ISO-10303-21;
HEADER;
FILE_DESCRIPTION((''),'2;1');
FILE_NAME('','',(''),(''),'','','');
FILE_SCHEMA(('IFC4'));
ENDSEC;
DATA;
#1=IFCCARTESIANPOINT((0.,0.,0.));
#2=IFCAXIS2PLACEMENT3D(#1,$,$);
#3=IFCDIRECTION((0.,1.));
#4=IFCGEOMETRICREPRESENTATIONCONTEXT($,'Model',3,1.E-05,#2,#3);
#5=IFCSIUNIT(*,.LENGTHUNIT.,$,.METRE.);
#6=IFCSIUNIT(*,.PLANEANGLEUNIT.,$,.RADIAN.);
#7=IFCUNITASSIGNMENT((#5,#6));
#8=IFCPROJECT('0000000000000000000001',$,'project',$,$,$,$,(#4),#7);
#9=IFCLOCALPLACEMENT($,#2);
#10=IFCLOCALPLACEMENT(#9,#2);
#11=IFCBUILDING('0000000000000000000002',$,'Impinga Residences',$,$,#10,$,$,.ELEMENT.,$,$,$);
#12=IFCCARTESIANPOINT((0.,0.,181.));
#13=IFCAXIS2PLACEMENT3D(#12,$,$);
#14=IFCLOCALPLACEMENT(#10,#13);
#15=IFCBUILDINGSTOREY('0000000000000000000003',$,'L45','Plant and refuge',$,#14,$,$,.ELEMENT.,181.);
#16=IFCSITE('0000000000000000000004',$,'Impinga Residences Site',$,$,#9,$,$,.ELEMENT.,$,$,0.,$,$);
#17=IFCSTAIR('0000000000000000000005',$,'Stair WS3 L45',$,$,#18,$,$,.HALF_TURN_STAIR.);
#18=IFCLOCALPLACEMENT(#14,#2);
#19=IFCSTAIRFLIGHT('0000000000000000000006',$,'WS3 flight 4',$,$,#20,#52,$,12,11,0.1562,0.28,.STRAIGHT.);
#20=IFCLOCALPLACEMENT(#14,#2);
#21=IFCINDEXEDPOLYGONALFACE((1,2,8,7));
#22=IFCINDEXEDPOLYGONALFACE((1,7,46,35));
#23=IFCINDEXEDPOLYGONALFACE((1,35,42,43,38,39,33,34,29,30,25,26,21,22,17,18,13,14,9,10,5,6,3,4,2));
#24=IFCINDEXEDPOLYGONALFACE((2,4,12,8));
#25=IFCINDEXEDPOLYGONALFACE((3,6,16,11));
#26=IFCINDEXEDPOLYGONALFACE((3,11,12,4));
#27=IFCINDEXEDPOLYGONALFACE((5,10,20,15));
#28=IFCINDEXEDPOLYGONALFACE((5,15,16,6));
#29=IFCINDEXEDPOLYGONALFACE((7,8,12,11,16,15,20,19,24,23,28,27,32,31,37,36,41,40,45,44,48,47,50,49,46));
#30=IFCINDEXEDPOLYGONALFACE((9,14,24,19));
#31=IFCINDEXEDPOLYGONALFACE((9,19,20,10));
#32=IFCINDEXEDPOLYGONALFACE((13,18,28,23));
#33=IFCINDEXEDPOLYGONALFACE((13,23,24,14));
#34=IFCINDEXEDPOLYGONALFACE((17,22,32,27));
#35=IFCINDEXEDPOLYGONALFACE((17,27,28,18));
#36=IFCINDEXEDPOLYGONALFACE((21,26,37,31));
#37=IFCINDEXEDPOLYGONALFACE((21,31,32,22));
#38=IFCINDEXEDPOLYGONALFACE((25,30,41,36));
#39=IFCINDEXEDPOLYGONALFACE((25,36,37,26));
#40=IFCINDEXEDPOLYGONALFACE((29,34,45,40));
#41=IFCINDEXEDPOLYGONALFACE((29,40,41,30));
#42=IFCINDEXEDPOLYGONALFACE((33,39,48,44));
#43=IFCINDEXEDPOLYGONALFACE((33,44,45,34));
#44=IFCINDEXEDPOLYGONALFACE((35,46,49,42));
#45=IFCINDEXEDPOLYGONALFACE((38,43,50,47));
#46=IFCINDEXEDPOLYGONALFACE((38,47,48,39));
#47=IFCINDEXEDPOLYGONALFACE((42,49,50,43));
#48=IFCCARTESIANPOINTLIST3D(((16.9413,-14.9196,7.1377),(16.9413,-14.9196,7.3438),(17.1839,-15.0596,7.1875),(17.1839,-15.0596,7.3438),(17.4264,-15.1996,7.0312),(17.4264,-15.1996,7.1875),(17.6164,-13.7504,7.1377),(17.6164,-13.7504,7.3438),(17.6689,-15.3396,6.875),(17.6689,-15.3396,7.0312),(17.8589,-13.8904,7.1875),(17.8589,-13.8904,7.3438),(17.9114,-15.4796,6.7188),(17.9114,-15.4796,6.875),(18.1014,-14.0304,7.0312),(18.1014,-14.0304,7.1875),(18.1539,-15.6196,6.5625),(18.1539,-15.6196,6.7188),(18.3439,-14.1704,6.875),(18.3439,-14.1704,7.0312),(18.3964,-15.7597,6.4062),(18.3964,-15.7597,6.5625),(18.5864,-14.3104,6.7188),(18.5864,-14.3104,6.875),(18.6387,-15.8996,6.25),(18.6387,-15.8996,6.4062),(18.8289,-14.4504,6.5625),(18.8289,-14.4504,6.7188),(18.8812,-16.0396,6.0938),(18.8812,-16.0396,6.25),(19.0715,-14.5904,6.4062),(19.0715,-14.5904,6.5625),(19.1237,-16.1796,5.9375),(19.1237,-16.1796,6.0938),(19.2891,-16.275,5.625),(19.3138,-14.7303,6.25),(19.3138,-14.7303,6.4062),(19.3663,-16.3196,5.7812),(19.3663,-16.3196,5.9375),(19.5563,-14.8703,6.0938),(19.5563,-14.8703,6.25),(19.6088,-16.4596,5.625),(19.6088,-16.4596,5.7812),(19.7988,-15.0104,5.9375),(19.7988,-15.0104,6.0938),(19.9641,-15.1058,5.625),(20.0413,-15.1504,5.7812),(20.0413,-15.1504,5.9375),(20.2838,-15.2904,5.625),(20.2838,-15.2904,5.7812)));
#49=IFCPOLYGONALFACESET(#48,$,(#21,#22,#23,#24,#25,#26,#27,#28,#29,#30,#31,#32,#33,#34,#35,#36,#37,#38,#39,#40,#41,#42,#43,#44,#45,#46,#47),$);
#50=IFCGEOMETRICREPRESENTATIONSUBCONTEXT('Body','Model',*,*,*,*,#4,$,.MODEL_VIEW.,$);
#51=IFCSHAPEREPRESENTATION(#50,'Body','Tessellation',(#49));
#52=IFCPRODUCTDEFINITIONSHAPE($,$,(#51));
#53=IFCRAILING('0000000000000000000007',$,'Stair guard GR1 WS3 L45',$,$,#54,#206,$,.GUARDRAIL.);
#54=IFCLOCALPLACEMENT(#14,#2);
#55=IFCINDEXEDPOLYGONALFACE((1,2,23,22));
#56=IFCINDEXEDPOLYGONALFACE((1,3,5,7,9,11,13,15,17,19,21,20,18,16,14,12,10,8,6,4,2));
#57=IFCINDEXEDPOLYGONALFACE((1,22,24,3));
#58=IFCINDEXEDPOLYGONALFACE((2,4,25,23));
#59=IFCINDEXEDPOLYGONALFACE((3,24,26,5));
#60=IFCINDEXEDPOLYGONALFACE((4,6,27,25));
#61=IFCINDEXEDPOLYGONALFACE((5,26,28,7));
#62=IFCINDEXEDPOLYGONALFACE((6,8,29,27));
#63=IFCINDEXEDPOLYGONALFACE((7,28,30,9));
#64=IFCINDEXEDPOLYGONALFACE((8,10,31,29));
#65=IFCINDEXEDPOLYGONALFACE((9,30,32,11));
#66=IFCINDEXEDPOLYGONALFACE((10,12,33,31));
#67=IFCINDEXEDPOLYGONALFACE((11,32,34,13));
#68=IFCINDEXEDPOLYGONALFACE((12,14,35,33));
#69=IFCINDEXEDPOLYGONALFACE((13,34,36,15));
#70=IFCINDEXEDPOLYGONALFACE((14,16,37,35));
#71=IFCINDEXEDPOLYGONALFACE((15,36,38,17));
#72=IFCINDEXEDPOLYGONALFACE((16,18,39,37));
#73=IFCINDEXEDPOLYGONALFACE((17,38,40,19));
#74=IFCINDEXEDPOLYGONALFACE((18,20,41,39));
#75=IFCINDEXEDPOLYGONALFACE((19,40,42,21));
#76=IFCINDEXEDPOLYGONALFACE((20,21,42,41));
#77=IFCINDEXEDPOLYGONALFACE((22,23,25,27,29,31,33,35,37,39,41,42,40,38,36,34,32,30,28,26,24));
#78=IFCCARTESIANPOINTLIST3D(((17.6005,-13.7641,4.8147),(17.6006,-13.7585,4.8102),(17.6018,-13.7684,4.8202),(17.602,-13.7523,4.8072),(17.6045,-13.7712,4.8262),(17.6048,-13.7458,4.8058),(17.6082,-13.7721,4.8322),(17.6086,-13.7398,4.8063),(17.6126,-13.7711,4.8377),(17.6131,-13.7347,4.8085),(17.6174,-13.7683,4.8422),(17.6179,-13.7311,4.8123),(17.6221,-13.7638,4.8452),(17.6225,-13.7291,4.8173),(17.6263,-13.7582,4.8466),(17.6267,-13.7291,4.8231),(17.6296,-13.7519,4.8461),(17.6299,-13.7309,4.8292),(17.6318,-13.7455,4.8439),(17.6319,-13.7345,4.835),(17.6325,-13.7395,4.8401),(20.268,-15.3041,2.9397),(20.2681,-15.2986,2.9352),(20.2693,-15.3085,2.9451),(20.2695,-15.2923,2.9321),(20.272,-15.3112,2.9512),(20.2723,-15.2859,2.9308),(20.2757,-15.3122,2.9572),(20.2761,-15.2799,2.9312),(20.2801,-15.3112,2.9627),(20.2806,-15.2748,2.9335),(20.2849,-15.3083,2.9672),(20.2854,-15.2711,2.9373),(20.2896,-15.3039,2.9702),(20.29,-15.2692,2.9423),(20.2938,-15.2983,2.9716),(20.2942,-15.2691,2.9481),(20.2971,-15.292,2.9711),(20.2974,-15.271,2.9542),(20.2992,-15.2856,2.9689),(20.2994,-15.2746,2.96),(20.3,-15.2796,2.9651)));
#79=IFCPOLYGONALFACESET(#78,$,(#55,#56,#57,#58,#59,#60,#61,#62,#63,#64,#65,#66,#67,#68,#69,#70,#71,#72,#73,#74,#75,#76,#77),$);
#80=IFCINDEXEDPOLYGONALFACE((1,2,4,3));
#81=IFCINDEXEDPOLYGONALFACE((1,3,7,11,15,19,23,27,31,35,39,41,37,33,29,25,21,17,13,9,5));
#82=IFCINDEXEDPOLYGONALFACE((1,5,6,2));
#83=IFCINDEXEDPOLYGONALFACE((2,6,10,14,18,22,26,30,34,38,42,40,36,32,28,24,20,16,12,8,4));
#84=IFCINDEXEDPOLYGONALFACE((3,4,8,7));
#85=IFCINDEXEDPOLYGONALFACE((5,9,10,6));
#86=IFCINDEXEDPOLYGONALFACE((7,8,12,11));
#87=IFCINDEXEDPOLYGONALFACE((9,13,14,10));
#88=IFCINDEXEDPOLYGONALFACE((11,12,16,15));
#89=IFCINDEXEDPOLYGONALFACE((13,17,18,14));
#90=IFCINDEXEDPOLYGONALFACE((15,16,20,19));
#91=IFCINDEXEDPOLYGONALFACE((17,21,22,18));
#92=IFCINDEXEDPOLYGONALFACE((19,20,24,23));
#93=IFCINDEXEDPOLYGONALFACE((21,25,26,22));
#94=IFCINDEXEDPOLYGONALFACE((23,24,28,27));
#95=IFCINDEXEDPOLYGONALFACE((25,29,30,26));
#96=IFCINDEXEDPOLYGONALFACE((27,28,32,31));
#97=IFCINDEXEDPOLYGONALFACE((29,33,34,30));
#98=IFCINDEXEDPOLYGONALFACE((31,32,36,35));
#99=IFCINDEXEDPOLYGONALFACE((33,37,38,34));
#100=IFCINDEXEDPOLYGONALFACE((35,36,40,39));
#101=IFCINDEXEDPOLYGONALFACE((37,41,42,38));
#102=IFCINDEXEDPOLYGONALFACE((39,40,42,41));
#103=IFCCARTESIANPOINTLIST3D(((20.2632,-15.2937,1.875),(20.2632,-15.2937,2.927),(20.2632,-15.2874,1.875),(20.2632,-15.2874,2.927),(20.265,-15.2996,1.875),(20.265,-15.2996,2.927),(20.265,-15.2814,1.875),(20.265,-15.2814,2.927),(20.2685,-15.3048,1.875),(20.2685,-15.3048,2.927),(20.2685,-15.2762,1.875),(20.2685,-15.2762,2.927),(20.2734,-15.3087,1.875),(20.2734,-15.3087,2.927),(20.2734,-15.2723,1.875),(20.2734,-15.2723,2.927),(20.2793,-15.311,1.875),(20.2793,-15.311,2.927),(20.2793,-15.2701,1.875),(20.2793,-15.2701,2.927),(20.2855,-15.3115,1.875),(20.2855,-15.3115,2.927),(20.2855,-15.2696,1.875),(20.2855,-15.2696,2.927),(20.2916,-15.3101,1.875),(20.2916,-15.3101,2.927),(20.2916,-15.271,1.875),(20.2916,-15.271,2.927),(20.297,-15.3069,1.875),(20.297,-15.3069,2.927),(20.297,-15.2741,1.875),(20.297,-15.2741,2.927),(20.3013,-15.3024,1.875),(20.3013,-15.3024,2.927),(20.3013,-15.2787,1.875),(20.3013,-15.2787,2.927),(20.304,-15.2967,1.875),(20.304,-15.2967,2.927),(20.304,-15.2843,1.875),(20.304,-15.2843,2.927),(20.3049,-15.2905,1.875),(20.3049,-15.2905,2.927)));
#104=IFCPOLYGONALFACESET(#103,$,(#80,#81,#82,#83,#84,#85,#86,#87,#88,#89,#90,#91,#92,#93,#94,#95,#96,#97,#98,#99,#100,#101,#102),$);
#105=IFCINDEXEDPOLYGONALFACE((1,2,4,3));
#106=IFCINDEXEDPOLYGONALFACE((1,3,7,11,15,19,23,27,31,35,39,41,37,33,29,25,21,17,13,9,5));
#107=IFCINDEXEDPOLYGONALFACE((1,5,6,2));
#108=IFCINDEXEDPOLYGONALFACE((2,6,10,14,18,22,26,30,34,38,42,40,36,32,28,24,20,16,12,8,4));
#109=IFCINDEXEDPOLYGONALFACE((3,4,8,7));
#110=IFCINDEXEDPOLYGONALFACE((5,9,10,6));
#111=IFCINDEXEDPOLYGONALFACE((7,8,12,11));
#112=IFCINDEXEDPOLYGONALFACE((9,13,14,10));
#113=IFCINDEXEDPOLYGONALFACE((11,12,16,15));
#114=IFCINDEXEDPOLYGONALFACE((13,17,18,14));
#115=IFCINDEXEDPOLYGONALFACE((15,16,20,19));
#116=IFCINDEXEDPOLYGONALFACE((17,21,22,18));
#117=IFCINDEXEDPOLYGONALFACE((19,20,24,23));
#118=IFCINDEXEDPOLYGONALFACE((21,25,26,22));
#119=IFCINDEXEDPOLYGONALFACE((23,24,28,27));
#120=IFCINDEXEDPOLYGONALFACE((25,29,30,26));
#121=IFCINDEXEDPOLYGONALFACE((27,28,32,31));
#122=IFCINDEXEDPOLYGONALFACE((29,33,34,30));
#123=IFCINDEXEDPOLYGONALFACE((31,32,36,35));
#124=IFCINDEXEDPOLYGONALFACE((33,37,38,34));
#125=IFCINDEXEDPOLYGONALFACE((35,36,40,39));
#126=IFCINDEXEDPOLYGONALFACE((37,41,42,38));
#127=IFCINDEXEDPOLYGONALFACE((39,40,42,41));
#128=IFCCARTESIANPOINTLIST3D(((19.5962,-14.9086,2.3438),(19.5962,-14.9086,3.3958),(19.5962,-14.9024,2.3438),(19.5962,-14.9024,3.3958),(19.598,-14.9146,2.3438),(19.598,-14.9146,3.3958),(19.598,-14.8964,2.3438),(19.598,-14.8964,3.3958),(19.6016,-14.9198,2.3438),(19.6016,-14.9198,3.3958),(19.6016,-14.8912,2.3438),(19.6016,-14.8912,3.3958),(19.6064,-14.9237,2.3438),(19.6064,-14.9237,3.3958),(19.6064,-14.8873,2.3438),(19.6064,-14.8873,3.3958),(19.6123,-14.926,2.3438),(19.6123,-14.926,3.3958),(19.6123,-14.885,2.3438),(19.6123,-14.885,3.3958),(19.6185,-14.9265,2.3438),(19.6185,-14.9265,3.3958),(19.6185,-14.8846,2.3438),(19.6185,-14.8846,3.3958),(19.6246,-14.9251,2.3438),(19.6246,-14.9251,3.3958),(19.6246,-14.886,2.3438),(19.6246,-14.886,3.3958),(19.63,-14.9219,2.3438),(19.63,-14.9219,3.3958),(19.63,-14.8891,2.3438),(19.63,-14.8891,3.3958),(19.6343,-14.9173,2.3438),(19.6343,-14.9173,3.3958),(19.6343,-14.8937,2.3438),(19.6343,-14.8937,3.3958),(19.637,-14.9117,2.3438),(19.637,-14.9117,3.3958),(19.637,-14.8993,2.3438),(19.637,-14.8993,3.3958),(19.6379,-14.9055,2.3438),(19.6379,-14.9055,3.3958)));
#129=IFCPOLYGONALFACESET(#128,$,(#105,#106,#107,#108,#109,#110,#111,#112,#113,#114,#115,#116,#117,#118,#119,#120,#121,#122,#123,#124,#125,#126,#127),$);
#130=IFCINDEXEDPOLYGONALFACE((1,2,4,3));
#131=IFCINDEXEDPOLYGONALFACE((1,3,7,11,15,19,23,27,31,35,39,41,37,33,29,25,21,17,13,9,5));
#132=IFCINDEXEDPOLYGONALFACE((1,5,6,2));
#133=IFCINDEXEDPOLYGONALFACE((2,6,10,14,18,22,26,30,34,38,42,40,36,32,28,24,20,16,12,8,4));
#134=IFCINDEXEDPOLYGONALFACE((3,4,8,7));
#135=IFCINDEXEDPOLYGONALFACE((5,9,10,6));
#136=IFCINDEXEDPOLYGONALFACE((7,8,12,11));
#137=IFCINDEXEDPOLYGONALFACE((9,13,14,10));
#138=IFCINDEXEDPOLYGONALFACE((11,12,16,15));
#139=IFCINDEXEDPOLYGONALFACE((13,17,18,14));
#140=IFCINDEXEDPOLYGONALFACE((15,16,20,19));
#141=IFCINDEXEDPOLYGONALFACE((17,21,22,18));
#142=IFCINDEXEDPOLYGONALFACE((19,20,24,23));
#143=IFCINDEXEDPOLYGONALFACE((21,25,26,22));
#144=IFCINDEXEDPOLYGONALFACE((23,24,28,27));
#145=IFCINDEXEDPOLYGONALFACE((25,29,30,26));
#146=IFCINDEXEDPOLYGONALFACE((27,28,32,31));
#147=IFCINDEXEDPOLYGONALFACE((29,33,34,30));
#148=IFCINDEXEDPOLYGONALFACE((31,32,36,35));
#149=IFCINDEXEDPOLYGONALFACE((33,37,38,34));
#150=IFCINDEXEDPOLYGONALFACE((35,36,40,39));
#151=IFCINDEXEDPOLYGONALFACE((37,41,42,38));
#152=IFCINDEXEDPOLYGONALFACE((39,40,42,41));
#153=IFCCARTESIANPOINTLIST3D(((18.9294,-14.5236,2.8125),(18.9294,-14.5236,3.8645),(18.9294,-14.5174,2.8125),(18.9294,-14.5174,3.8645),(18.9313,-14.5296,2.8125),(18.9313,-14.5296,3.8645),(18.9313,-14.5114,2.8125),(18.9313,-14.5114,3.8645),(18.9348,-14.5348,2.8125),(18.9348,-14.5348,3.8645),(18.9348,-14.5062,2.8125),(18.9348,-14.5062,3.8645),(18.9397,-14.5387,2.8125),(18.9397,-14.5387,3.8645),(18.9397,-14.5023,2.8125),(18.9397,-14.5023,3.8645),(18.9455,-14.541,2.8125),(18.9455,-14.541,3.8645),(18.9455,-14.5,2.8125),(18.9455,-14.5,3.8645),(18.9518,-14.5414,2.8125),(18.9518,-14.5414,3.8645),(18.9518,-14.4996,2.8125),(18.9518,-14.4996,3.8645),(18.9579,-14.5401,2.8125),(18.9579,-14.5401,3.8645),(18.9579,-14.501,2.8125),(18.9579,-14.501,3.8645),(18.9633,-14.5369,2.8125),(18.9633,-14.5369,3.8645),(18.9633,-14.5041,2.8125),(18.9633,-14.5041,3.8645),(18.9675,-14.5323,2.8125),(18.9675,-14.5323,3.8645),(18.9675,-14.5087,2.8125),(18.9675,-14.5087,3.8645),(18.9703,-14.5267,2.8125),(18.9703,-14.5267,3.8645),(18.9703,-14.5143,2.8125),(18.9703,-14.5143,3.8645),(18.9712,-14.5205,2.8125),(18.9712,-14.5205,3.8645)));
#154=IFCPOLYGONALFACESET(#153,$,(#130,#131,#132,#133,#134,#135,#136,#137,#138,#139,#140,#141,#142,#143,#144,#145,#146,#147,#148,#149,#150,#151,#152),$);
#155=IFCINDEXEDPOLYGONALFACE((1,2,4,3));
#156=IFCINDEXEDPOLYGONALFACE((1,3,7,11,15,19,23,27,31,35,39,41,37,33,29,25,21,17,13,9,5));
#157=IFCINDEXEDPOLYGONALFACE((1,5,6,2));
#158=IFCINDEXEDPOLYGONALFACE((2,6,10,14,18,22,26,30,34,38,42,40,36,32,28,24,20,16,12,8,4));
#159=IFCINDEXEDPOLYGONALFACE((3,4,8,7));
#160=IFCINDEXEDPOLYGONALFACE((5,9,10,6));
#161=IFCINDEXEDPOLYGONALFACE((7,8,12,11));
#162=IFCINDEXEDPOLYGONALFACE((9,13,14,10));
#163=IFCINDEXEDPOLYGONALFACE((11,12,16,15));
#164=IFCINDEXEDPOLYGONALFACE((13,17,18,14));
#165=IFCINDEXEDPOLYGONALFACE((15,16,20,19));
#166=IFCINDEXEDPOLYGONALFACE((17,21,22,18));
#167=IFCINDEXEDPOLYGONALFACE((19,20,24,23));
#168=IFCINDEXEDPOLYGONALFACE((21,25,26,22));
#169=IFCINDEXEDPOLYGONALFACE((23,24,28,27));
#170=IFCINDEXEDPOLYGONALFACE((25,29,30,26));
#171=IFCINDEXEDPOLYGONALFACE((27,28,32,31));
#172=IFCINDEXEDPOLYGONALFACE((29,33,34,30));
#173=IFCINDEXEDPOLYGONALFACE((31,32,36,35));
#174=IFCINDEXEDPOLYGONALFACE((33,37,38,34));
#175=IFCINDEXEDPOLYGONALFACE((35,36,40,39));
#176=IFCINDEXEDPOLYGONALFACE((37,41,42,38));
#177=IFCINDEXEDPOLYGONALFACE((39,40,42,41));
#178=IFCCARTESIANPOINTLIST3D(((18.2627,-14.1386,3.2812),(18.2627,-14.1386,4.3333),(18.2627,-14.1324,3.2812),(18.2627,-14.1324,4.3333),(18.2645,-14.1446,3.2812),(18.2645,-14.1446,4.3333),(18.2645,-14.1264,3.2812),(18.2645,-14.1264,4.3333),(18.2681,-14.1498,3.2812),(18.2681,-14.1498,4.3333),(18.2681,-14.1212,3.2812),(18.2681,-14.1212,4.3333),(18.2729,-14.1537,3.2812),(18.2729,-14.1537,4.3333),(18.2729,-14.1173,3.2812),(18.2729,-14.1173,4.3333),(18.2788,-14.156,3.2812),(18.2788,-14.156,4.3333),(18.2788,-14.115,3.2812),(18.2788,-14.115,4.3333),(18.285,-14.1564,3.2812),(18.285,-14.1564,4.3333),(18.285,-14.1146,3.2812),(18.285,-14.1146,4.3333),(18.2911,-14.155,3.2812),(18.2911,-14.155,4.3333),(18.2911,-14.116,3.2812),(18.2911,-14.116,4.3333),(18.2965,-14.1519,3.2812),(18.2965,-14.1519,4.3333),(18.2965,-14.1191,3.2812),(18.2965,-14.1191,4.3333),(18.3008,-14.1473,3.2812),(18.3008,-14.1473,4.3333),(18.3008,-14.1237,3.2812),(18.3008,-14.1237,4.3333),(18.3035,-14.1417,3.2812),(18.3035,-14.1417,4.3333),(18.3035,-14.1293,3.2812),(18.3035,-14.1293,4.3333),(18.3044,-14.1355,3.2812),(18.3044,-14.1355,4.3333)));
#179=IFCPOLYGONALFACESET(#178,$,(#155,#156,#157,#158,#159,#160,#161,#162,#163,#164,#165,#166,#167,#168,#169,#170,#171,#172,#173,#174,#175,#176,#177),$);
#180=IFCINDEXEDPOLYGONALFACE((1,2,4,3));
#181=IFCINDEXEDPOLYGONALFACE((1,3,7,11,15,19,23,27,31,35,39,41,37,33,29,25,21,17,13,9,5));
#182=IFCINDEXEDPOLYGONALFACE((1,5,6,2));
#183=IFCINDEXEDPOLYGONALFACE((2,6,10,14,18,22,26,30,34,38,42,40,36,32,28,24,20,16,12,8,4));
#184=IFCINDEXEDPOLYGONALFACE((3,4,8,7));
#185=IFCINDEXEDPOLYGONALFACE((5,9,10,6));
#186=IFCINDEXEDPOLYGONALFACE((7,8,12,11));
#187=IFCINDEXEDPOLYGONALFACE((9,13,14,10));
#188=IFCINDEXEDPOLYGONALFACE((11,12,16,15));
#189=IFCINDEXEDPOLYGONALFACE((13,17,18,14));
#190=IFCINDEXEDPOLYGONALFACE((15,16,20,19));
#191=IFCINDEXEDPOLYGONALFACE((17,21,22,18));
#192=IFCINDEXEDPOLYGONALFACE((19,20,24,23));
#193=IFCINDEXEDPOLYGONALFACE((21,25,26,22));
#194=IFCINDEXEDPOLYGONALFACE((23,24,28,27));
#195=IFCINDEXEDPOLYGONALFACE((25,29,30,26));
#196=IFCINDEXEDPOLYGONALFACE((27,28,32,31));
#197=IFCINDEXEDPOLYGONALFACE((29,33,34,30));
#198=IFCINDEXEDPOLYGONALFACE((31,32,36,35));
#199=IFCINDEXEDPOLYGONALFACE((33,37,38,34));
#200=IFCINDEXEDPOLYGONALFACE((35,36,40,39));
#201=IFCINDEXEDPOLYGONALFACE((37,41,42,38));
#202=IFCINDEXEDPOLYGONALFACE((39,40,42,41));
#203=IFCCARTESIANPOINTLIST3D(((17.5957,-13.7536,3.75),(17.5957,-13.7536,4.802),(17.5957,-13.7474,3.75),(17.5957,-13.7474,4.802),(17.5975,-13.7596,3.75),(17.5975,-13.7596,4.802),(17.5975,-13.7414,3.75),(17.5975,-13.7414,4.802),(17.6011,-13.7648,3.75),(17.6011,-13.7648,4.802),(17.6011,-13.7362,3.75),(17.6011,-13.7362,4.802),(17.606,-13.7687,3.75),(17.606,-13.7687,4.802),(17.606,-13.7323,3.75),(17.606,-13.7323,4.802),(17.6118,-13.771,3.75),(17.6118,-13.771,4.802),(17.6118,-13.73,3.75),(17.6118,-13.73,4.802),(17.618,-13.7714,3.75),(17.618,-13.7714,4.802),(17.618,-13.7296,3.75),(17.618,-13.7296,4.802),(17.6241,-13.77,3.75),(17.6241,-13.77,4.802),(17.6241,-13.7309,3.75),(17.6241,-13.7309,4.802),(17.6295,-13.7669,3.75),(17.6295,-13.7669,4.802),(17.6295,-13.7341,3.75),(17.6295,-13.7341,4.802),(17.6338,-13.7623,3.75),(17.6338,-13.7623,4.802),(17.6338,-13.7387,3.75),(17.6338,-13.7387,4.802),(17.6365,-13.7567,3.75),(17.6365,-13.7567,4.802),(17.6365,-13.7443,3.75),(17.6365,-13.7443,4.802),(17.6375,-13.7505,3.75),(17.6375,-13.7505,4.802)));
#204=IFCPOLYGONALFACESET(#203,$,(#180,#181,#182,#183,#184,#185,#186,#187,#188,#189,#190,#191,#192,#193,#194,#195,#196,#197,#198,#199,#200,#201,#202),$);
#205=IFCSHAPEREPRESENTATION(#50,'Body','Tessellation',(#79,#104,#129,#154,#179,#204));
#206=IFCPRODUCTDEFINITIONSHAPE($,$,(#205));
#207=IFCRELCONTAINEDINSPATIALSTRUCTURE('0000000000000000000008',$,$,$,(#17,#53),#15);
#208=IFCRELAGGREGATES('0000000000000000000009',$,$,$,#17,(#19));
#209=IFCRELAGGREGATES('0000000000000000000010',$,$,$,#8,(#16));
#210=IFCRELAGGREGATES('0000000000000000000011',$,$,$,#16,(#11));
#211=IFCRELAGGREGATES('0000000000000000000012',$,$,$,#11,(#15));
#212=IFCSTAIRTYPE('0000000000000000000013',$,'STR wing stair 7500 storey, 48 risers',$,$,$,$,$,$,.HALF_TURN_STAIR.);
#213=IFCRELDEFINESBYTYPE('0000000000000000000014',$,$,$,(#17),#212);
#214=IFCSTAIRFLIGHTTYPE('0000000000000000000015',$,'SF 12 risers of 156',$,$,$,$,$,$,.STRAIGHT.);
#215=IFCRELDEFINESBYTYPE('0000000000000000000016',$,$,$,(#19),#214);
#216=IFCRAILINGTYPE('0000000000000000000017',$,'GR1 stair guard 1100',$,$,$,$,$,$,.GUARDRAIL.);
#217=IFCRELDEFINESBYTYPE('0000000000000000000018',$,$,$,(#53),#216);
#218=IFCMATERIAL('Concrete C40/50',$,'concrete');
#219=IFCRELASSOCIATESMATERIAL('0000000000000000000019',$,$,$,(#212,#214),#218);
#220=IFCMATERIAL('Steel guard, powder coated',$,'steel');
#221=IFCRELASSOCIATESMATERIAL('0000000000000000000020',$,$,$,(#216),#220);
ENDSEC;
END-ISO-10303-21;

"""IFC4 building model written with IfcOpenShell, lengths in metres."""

from ifc_helpers import new_model, si_unit, direction, frame, origin, origin_2d, place, context, subcontext, project, spatial, polyline, circle, outline, extrude, material, type_object, element, aggregate, save


model = new_model("IFC4")

# Units and contexts
model_context = context("Model", 3, precision=1e-05, world=origin(), true_north=direction((0.0, 1.0)))
body_context = subcontext(model_context, "Body", "Model", "MODEL_VIEW")
ifc_project = project(units=[si_unit("LENGTHUNIT", "METRE"), si_unit("PLANEANGLEUNIT", "RADIAN")], contexts=[model_context])

# Site, building, storey
site_placement = place(None, origin())
site = spatial("IfcSite", under=ifc_project, at=site_placement, Name="Impinga Residences Site", CompositionType="ELEMENT", RefElevation=0.0)
building_placement = place(site_placement, origin())
building = spatial("IfcBuilding", under=site, at=building_placement, Name="Impinga Residences", CompositionType="ELEMENT")
storey_placement = place(building_placement, frame((0.0, 0.0, 181.0)))
storey = spatial("IfcBuildingStorey", under=building, at=storey_placement, Name="L45", Description="Plant and refuge", CompositionType="ELEMENT", Elevation=181.0)

# Stair, stair flight
ifc_material_1 = material(Name="Concrete C40/50", Category="concrete")
stair_type = type_object("IfcStairType", Name="STR wing stair 7500 storey, 48 risers", PredefinedType="HALF_TURN_STAIR", material=ifc_material_1)
stair_placement = place(storey_placement, origin())
stair = element("IfcStair", 1, at=stair_placement, inside=storey, type_object=stair_type, Name="Stair WS3 L45", PredefinedType="HALF_TURN_STAIR")
stair_flight_type = type_object("IfcStairFlightType", Name="SF 12 risers of 156", PredefinedType="STRAIGHT", material=ifc_material_1)
stair_flight_1_placement = place(storey_placement, frame((19.9463, -15.875, 5.625), z_axis=(0.0, 0.0, 1.0), x_axis=(-0.866025, 0.5, 0.0)))
stair_flight_1 = element("IfcStairFlight", 2, at=stair_flight_1_placement, type_object=stair_flight_type, Name="WS3 flight 4", NumberOfRisers=12, NumberOfTreads=11, PredefinedType="STRAIGHT", RiserHeight=0.1562, TreadLength=0.28, context=body_context, shape_type="SweptSolid", body=[
    extrude(outline(polyline([(0.0, 0.0), (0.0, 0.1562), (0.28, 0.1562), (0.28, 0.3125), (0.5601, 0.3125), (0.5601, 0.4688), (0.8401, 0.4688), (0.8401, 0.625), (1.1201, 0.625), (1.1201, 0.7812), (1.3999, 0.7812), (1.3999, 0.9375), (1.6799, 0.9375), (1.6799, 1.0938), (1.96, 1.0938), (1.96, 1.25), (2.24, 1.25), (2.24, 1.4062), (2.52, 1.4062), (2.52, 1.5625), (2.8, 1.5625), (2.8, 1.7188), (3.0801, 1.7188), (3.0801, 1.875), (3.0801, 1.5127), (0.3691, 0.0), (0.0, 0.0)])), frame((0.0, 0.675, 0.0), z_axis=(0.0, -1.0, 0.0), x_axis=(1.0, 0.0, 0.0)), (0.0, 0.0, 1.0), 1.3501),
])
aggregate(stair, [stair_flight_1])

# Railing
ifc_material_2 = material(Name="Steel guard, powder coated", Category="steel")
railing_type_1 = type_object("IfcRailingType", Name="GR1 stair guard 1100", PredefinedType="GUARDRAIL", material=ifc_material_2)
for number, where, name in (
    (3, (20.2839, -15.2905, 1.875), "Stair guard GR1 WS3 L45"),
):
    element("IfcRailing", number, at=place(storey_placement, frame(where)), inside=storey, type_object=railing_type_1, Name=name, PredefinedType="GUARDRAIL", context=body_context, shape_type="SweptSolid", body=[
        extrude(circle(Radius=0.0239, at=origin_2d()), frame((0.0, 0.0, 1.0762), z_axis=(-0.739746, 0.427084, 0.519975), x_axis=(-0.499992, -0.86603, 0.0)), (0.0, 0.0, 1.0), 3.606),
        extrude(circle(Radius=0.021, at=origin_2d()), origin(), (0.0, 0.0, 1.0), 1.052),
        extrude(circle(Radius=0.021, at=origin_2d()), frame((-0.667, 0.385, 0.4688)), (0.0, 0.0, 1.0), 1.052),
        extrude(circle(Radius=0.021, at=origin_2d()), frame((-1.3337, 0.77, 0.9375)), (0.0, 0.0, 1.0), 1.052),
        extrude(circle(Radius=0.021, at=origin_2d()), frame((-2.0005, 1.155, 1.4062)), (0.0, 0.0, 1.0), 1.052),
        extrude(circle(Radius=0.021, at=origin_2d()), frame((-2.6675, 1.54, 1.875)), (0.0, 0.0, 1.0), 1.052),
    ])

save(model, "model.ifc")
